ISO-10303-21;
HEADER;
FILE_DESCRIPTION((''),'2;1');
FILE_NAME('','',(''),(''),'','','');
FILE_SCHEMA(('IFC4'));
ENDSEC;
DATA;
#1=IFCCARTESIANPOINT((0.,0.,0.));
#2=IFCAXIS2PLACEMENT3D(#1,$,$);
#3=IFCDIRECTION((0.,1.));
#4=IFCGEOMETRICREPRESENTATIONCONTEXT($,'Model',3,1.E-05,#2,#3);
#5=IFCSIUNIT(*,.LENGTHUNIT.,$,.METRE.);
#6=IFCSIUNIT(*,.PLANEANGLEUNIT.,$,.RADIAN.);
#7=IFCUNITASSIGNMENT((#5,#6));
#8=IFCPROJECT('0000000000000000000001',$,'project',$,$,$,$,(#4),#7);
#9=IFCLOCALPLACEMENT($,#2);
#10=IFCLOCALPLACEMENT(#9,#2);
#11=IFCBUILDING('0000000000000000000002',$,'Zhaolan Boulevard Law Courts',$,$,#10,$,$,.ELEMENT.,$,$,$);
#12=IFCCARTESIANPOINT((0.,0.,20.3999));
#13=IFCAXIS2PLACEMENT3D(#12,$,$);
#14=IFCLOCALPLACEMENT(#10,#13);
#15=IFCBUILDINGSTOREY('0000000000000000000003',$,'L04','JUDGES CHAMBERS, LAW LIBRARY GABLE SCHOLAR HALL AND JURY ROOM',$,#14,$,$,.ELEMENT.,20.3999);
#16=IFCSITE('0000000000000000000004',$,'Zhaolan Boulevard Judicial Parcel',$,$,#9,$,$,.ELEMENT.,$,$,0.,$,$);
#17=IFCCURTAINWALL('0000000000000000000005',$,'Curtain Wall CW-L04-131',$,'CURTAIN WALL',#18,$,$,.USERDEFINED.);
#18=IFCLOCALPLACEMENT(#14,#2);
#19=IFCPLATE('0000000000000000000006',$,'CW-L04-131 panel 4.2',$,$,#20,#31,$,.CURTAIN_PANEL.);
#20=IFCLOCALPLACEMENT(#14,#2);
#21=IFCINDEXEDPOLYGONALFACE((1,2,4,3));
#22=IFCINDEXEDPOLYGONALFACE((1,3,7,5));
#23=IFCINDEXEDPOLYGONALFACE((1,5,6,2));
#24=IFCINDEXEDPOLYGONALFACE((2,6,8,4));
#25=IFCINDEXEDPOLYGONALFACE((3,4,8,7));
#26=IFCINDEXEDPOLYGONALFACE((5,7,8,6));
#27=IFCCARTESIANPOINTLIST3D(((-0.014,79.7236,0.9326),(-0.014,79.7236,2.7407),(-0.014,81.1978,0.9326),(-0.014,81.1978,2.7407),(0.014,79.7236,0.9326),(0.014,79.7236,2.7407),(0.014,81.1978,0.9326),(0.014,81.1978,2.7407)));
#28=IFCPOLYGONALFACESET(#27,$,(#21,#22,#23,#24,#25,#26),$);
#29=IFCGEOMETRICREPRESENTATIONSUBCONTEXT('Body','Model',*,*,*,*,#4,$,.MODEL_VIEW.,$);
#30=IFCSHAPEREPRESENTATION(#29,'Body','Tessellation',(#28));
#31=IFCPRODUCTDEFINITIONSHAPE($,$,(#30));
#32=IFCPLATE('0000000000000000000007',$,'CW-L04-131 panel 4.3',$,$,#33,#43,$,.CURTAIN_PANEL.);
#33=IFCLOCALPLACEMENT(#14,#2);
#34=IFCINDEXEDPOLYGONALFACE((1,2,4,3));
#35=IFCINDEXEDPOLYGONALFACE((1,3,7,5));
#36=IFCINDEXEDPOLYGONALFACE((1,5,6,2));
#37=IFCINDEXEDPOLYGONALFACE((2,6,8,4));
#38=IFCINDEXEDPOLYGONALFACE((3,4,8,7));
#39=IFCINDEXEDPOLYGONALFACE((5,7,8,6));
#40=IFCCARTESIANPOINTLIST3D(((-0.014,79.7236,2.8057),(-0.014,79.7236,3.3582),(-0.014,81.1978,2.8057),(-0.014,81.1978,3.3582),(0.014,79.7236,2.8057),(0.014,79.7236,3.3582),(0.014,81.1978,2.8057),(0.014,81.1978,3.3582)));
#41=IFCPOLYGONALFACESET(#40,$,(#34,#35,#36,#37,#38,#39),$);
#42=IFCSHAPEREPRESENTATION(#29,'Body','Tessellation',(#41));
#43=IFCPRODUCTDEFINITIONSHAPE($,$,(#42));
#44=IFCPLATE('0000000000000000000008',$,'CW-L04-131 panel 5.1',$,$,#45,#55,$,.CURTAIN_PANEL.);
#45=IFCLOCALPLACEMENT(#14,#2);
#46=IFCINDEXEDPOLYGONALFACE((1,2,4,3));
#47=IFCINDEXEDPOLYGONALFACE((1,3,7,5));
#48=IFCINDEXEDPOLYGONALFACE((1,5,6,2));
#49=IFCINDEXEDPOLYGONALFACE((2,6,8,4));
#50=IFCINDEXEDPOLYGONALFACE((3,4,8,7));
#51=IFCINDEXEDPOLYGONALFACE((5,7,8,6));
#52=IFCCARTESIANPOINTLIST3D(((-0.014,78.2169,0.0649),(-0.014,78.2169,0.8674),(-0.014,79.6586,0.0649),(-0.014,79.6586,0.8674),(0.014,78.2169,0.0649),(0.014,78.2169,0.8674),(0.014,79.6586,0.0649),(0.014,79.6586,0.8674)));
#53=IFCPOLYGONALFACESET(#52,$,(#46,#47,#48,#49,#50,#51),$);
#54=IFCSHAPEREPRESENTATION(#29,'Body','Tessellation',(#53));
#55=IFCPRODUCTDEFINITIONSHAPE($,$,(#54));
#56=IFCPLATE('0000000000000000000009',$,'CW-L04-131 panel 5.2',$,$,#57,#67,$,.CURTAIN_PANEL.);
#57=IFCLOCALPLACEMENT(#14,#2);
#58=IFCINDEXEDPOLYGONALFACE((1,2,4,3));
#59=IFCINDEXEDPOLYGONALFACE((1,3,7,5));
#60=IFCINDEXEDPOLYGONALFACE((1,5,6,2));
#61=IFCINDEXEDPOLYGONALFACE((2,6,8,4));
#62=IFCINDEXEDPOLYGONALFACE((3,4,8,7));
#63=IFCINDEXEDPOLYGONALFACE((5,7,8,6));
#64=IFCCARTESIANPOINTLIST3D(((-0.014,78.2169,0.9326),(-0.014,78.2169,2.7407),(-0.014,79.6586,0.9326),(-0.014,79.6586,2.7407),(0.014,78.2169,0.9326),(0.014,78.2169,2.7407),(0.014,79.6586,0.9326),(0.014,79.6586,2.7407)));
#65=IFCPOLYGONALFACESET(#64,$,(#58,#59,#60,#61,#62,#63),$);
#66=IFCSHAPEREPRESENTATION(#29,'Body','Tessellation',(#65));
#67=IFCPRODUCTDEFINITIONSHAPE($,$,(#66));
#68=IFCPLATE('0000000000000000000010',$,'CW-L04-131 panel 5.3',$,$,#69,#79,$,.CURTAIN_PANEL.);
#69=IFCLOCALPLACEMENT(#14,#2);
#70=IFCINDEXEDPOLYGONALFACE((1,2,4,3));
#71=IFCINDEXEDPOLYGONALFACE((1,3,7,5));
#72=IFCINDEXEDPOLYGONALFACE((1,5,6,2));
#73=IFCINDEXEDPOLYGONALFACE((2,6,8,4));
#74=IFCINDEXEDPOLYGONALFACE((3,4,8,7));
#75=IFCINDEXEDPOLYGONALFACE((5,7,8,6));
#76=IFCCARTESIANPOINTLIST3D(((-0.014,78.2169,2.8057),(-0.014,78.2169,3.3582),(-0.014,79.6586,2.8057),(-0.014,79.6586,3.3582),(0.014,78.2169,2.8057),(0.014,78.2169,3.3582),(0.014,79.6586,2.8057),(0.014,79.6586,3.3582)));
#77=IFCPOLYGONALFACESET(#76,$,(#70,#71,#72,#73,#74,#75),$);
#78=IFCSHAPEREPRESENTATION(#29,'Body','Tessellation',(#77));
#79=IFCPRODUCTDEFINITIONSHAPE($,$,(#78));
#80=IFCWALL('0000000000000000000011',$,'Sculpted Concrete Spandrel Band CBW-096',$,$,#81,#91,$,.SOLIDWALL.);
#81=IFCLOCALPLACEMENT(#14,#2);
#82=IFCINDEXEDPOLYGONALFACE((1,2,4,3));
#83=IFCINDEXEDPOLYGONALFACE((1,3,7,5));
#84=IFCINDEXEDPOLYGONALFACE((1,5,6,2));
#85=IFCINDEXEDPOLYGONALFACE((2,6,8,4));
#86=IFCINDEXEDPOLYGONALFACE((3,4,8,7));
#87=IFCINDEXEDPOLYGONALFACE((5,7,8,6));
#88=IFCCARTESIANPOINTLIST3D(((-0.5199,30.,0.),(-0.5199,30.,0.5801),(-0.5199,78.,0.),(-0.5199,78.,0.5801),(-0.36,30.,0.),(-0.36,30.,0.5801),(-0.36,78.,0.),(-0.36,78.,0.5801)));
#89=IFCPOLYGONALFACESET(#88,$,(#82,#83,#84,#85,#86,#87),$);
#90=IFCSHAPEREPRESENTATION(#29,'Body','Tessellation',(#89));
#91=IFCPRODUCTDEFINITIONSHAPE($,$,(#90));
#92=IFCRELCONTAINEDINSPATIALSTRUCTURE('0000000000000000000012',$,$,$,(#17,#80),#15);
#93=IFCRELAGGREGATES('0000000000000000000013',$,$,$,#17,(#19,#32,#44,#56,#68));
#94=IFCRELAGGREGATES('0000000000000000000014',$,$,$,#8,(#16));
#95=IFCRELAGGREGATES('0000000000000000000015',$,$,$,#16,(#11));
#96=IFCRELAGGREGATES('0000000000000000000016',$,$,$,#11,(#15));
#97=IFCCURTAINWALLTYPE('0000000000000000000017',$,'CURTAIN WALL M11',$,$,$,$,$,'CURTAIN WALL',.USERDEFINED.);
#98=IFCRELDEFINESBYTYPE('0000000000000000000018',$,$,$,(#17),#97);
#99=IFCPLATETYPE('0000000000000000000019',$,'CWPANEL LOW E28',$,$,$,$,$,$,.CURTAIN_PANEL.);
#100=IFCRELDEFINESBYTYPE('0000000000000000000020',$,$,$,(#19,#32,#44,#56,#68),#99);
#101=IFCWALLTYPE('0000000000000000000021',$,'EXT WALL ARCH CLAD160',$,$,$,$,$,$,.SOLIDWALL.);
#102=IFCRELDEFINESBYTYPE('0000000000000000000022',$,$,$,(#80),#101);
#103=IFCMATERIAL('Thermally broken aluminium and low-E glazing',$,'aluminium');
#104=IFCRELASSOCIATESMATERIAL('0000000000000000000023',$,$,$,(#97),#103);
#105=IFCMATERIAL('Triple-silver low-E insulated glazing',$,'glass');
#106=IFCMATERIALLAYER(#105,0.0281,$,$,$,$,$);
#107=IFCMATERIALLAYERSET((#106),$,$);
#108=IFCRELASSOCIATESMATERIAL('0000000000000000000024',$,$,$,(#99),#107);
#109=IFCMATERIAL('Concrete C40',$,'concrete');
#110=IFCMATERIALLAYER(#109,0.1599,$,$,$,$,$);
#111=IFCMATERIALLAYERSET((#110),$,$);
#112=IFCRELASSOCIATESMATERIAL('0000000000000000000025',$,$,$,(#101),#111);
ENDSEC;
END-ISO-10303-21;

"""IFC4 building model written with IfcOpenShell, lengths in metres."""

from ifc_helpers import new_model, si_unit, direction, frame, frame_2d, origin, origin_2d, place, context, subcontext, project, spatial, rectangle, extrude, material, layer, layer_set, type_object, element, aggregate, save


model = new_model("IFC4")

# Units and contexts
model_context = context("Model", 3, precision=1e-05, world=origin(), true_north=direction((0.0, 1.0)))
body_context = subcontext(model_context, "Body", "Model", "MODEL_VIEW")
ifc_project = project(units=[si_unit("LENGTHUNIT", "METRE"), si_unit("PLANEANGLEUNIT", "RADIAN")], contexts=[model_context])

# Site, building, storey
site_placement = place(None, origin())
site = spatial("IfcSite", under=ifc_project, at=site_placement, Name="Zhaolan Boulevard Judicial Parcel", CompositionType="ELEMENT", RefElevation=0.0)
building_placement = place(site_placement, origin())
building = spatial("IfcBuilding", under=site, at=building_placement, Name="Zhaolan Boulevard Law Courts", CompositionType="ELEMENT")
storey_placement = place(building_placement, frame((0.0, 0.0, 20.3999)))
storey = spatial("IfcBuildingStorey", under=building, at=storey_placement, Name="L04", Description="JUDGES CHAMBERS, LAW LIBRARY GABLE SCHOLAR HALL AND JURY ROOM", CompositionType="ELEMENT", Elevation=20.3999)

# Curtain wall
ifc_material_1 = material(Name="Thermally broken aluminium and low-E glazing", Category="aluminium")
curtain_wall_type_1 = type_object("IfcCurtainWallType", Name="CURTAIN WALL M11", ElementType="CURTAIN WALL", PredefinedType="USERDEFINED", material=ifc_material_1)
curtain_wall_1_placement = place(storey_placement, origin())
curtain_wall_1 = element("IfcCurtainWall", 1, at=curtain_wall_1_placement, inside=storey, type_object=curtain_wall_type_1, Name="Curtain Wall CW-L04-131", ObjectType="CURTAIN WALL", PredefinedType="USERDEFINED")

# Plates
ifc_material_2 = material(Name="Triple-silver low-E insulated glazing", Category="glass")
ifc_layer_1 = layer(ifc_material_2, 0.0281)
ifc_layer_set_1 = layer_set([ifc_layer_1])
plate_type = type_object("IfcPlateType", Name="CWPANEL LOW E28", PredefinedType="CURTAIN_PANEL", material=ifc_layer_set_1)
plate_1_placement = place(storey_placement, frame((0.0, 80.4607, 0.9326), z_axis=(0.0, 0.0, 1.0), x_axis=(0.0, -1.0, 0.0)))
plate_1 = element("IfcPlate", 2, at=plate_1_placement, type_object=plate_type, Name="CW-L04-131 panel 4.2", PredefinedType="CURTAIN_PANEL", context=body_context, shape_type="SweptSolid", body=[
    extrude(rectangle(XDim=1.4741, YDim=0.0281, at=origin_2d()), origin(), (0.0, 0.0, 1.0), 1.8081),
])
plate_2_placement = place(storey_placement, frame((0.0, 80.4607, 2.8057), z_axis=(0.0, 0.0, 1.0), x_axis=(0.0, -1.0, 0.0)))
plate_2 = element("IfcPlate", 3, at=plate_2_placement, type_object=plate_type, Name="CW-L04-131 panel 4.3", PredefinedType="CURTAIN_PANEL", context=body_context, shape_type="SweptSolid", body=[
    extrude(rectangle(XDim=1.4741, YDim=0.0281, at=origin_2d()), origin(), (0.0, 0.0, 1.0), 0.5525),
])
plate_3_placement = place(storey_placement, frame((0.0, 78.9377, 0.0649), z_axis=(0.0, 0.0, 1.0), x_axis=(0.0, -1.0, 0.0)))
plate_3 = element("IfcPlate", 4, at=plate_3_placement, type_object=plate_type, Name="CW-L04-131 panel 5.1", PredefinedType="CURTAIN_PANEL", context=body_context, shape_type="SweptSolid", body=[
    extrude(rectangle(XDim=1.4417, YDim=0.0281, at=origin_2d()), origin(), (0.0, 0.0, 1.0), 0.8025),
])
plate_4_placement = place(storey_placement, frame((0.0, 78.9377, 0.9326), z_axis=(0.0, 0.0, 1.0), x_axis=(0.0, -1.0, 0.0)))
plate_4 = element("IfcPlate", 5, at=plate_4_placement, type_object=plate_type, Name="CW-L04-131 panel 5.2", PredefinedType="CURTAIN_PANEL", context=body_context, shape_type="SweptSolid", body=[
    extrude(rectangle(XDim=1.4417, YDim=0.0281, at=origin_2d()), origin(), (0.0, 0.0, 1.0), 1.8081),
])
plate_5_placement = place(storey_placement, frame((0.0, 78.9377, 2.8057), z_axis=(0.0, 0.0, 1.0), x_axis=(0.0, -1.0, 0.0)))
plate_5 = element("IfcPlate", 6, at=plate_5_placement, type_object=plate_type, Name="CW-L04-131 panel 5.3", PredefinedType="CURTAIN_PANEL", context=body_context, shape_type="SweptSolid", body=[
    extrude(rectangle(XDim=1.4417, YDim=0.0281, at=origin_2d()), origin(), (0.0, 0.0, 1.0), 0.5525),
])
aggregate(curtain_wall_1, [plate_1, plate_2, plate_3, plate_4, plate_5])

# Wall
ifc_material_3 = material(Name="Concrete C40", Category="concrete")
ifc_layer_2 = layer(ifc_material_3, 0.1599)
ifc_layer_set_2 = layer_set([ifc_layer_2])
wall_type = type_object("IfcWallType", Name="EXT WALL ARCH CLAD160", PredefinedType="SOLIDWALL", material=ifc_layer_set_2)
wall_placement = place(storey_placement, frame((-0.4399, 78.0, 0.0), z_axis=(0.0, 0.0, 1.0), x_axis=(0.0, -1.0, 0.0)))
element("IfcWall", 7, at=wall_placement, inside=storey, type_object=wall_type, Name="Sculpted Concrete Spandrel Band CBW-096", PredefinedType="SOLIDWALL", context=body_context, shape_type="SweptSolid", body=[
    extrude(rectangle(XDim=48.0, YDim=0.1599, at=frame_2d((24.0, 0.0))), origin(), (0.0, 0.0, 1.0), 0.5801),
])

save(model, "model.ifc")
